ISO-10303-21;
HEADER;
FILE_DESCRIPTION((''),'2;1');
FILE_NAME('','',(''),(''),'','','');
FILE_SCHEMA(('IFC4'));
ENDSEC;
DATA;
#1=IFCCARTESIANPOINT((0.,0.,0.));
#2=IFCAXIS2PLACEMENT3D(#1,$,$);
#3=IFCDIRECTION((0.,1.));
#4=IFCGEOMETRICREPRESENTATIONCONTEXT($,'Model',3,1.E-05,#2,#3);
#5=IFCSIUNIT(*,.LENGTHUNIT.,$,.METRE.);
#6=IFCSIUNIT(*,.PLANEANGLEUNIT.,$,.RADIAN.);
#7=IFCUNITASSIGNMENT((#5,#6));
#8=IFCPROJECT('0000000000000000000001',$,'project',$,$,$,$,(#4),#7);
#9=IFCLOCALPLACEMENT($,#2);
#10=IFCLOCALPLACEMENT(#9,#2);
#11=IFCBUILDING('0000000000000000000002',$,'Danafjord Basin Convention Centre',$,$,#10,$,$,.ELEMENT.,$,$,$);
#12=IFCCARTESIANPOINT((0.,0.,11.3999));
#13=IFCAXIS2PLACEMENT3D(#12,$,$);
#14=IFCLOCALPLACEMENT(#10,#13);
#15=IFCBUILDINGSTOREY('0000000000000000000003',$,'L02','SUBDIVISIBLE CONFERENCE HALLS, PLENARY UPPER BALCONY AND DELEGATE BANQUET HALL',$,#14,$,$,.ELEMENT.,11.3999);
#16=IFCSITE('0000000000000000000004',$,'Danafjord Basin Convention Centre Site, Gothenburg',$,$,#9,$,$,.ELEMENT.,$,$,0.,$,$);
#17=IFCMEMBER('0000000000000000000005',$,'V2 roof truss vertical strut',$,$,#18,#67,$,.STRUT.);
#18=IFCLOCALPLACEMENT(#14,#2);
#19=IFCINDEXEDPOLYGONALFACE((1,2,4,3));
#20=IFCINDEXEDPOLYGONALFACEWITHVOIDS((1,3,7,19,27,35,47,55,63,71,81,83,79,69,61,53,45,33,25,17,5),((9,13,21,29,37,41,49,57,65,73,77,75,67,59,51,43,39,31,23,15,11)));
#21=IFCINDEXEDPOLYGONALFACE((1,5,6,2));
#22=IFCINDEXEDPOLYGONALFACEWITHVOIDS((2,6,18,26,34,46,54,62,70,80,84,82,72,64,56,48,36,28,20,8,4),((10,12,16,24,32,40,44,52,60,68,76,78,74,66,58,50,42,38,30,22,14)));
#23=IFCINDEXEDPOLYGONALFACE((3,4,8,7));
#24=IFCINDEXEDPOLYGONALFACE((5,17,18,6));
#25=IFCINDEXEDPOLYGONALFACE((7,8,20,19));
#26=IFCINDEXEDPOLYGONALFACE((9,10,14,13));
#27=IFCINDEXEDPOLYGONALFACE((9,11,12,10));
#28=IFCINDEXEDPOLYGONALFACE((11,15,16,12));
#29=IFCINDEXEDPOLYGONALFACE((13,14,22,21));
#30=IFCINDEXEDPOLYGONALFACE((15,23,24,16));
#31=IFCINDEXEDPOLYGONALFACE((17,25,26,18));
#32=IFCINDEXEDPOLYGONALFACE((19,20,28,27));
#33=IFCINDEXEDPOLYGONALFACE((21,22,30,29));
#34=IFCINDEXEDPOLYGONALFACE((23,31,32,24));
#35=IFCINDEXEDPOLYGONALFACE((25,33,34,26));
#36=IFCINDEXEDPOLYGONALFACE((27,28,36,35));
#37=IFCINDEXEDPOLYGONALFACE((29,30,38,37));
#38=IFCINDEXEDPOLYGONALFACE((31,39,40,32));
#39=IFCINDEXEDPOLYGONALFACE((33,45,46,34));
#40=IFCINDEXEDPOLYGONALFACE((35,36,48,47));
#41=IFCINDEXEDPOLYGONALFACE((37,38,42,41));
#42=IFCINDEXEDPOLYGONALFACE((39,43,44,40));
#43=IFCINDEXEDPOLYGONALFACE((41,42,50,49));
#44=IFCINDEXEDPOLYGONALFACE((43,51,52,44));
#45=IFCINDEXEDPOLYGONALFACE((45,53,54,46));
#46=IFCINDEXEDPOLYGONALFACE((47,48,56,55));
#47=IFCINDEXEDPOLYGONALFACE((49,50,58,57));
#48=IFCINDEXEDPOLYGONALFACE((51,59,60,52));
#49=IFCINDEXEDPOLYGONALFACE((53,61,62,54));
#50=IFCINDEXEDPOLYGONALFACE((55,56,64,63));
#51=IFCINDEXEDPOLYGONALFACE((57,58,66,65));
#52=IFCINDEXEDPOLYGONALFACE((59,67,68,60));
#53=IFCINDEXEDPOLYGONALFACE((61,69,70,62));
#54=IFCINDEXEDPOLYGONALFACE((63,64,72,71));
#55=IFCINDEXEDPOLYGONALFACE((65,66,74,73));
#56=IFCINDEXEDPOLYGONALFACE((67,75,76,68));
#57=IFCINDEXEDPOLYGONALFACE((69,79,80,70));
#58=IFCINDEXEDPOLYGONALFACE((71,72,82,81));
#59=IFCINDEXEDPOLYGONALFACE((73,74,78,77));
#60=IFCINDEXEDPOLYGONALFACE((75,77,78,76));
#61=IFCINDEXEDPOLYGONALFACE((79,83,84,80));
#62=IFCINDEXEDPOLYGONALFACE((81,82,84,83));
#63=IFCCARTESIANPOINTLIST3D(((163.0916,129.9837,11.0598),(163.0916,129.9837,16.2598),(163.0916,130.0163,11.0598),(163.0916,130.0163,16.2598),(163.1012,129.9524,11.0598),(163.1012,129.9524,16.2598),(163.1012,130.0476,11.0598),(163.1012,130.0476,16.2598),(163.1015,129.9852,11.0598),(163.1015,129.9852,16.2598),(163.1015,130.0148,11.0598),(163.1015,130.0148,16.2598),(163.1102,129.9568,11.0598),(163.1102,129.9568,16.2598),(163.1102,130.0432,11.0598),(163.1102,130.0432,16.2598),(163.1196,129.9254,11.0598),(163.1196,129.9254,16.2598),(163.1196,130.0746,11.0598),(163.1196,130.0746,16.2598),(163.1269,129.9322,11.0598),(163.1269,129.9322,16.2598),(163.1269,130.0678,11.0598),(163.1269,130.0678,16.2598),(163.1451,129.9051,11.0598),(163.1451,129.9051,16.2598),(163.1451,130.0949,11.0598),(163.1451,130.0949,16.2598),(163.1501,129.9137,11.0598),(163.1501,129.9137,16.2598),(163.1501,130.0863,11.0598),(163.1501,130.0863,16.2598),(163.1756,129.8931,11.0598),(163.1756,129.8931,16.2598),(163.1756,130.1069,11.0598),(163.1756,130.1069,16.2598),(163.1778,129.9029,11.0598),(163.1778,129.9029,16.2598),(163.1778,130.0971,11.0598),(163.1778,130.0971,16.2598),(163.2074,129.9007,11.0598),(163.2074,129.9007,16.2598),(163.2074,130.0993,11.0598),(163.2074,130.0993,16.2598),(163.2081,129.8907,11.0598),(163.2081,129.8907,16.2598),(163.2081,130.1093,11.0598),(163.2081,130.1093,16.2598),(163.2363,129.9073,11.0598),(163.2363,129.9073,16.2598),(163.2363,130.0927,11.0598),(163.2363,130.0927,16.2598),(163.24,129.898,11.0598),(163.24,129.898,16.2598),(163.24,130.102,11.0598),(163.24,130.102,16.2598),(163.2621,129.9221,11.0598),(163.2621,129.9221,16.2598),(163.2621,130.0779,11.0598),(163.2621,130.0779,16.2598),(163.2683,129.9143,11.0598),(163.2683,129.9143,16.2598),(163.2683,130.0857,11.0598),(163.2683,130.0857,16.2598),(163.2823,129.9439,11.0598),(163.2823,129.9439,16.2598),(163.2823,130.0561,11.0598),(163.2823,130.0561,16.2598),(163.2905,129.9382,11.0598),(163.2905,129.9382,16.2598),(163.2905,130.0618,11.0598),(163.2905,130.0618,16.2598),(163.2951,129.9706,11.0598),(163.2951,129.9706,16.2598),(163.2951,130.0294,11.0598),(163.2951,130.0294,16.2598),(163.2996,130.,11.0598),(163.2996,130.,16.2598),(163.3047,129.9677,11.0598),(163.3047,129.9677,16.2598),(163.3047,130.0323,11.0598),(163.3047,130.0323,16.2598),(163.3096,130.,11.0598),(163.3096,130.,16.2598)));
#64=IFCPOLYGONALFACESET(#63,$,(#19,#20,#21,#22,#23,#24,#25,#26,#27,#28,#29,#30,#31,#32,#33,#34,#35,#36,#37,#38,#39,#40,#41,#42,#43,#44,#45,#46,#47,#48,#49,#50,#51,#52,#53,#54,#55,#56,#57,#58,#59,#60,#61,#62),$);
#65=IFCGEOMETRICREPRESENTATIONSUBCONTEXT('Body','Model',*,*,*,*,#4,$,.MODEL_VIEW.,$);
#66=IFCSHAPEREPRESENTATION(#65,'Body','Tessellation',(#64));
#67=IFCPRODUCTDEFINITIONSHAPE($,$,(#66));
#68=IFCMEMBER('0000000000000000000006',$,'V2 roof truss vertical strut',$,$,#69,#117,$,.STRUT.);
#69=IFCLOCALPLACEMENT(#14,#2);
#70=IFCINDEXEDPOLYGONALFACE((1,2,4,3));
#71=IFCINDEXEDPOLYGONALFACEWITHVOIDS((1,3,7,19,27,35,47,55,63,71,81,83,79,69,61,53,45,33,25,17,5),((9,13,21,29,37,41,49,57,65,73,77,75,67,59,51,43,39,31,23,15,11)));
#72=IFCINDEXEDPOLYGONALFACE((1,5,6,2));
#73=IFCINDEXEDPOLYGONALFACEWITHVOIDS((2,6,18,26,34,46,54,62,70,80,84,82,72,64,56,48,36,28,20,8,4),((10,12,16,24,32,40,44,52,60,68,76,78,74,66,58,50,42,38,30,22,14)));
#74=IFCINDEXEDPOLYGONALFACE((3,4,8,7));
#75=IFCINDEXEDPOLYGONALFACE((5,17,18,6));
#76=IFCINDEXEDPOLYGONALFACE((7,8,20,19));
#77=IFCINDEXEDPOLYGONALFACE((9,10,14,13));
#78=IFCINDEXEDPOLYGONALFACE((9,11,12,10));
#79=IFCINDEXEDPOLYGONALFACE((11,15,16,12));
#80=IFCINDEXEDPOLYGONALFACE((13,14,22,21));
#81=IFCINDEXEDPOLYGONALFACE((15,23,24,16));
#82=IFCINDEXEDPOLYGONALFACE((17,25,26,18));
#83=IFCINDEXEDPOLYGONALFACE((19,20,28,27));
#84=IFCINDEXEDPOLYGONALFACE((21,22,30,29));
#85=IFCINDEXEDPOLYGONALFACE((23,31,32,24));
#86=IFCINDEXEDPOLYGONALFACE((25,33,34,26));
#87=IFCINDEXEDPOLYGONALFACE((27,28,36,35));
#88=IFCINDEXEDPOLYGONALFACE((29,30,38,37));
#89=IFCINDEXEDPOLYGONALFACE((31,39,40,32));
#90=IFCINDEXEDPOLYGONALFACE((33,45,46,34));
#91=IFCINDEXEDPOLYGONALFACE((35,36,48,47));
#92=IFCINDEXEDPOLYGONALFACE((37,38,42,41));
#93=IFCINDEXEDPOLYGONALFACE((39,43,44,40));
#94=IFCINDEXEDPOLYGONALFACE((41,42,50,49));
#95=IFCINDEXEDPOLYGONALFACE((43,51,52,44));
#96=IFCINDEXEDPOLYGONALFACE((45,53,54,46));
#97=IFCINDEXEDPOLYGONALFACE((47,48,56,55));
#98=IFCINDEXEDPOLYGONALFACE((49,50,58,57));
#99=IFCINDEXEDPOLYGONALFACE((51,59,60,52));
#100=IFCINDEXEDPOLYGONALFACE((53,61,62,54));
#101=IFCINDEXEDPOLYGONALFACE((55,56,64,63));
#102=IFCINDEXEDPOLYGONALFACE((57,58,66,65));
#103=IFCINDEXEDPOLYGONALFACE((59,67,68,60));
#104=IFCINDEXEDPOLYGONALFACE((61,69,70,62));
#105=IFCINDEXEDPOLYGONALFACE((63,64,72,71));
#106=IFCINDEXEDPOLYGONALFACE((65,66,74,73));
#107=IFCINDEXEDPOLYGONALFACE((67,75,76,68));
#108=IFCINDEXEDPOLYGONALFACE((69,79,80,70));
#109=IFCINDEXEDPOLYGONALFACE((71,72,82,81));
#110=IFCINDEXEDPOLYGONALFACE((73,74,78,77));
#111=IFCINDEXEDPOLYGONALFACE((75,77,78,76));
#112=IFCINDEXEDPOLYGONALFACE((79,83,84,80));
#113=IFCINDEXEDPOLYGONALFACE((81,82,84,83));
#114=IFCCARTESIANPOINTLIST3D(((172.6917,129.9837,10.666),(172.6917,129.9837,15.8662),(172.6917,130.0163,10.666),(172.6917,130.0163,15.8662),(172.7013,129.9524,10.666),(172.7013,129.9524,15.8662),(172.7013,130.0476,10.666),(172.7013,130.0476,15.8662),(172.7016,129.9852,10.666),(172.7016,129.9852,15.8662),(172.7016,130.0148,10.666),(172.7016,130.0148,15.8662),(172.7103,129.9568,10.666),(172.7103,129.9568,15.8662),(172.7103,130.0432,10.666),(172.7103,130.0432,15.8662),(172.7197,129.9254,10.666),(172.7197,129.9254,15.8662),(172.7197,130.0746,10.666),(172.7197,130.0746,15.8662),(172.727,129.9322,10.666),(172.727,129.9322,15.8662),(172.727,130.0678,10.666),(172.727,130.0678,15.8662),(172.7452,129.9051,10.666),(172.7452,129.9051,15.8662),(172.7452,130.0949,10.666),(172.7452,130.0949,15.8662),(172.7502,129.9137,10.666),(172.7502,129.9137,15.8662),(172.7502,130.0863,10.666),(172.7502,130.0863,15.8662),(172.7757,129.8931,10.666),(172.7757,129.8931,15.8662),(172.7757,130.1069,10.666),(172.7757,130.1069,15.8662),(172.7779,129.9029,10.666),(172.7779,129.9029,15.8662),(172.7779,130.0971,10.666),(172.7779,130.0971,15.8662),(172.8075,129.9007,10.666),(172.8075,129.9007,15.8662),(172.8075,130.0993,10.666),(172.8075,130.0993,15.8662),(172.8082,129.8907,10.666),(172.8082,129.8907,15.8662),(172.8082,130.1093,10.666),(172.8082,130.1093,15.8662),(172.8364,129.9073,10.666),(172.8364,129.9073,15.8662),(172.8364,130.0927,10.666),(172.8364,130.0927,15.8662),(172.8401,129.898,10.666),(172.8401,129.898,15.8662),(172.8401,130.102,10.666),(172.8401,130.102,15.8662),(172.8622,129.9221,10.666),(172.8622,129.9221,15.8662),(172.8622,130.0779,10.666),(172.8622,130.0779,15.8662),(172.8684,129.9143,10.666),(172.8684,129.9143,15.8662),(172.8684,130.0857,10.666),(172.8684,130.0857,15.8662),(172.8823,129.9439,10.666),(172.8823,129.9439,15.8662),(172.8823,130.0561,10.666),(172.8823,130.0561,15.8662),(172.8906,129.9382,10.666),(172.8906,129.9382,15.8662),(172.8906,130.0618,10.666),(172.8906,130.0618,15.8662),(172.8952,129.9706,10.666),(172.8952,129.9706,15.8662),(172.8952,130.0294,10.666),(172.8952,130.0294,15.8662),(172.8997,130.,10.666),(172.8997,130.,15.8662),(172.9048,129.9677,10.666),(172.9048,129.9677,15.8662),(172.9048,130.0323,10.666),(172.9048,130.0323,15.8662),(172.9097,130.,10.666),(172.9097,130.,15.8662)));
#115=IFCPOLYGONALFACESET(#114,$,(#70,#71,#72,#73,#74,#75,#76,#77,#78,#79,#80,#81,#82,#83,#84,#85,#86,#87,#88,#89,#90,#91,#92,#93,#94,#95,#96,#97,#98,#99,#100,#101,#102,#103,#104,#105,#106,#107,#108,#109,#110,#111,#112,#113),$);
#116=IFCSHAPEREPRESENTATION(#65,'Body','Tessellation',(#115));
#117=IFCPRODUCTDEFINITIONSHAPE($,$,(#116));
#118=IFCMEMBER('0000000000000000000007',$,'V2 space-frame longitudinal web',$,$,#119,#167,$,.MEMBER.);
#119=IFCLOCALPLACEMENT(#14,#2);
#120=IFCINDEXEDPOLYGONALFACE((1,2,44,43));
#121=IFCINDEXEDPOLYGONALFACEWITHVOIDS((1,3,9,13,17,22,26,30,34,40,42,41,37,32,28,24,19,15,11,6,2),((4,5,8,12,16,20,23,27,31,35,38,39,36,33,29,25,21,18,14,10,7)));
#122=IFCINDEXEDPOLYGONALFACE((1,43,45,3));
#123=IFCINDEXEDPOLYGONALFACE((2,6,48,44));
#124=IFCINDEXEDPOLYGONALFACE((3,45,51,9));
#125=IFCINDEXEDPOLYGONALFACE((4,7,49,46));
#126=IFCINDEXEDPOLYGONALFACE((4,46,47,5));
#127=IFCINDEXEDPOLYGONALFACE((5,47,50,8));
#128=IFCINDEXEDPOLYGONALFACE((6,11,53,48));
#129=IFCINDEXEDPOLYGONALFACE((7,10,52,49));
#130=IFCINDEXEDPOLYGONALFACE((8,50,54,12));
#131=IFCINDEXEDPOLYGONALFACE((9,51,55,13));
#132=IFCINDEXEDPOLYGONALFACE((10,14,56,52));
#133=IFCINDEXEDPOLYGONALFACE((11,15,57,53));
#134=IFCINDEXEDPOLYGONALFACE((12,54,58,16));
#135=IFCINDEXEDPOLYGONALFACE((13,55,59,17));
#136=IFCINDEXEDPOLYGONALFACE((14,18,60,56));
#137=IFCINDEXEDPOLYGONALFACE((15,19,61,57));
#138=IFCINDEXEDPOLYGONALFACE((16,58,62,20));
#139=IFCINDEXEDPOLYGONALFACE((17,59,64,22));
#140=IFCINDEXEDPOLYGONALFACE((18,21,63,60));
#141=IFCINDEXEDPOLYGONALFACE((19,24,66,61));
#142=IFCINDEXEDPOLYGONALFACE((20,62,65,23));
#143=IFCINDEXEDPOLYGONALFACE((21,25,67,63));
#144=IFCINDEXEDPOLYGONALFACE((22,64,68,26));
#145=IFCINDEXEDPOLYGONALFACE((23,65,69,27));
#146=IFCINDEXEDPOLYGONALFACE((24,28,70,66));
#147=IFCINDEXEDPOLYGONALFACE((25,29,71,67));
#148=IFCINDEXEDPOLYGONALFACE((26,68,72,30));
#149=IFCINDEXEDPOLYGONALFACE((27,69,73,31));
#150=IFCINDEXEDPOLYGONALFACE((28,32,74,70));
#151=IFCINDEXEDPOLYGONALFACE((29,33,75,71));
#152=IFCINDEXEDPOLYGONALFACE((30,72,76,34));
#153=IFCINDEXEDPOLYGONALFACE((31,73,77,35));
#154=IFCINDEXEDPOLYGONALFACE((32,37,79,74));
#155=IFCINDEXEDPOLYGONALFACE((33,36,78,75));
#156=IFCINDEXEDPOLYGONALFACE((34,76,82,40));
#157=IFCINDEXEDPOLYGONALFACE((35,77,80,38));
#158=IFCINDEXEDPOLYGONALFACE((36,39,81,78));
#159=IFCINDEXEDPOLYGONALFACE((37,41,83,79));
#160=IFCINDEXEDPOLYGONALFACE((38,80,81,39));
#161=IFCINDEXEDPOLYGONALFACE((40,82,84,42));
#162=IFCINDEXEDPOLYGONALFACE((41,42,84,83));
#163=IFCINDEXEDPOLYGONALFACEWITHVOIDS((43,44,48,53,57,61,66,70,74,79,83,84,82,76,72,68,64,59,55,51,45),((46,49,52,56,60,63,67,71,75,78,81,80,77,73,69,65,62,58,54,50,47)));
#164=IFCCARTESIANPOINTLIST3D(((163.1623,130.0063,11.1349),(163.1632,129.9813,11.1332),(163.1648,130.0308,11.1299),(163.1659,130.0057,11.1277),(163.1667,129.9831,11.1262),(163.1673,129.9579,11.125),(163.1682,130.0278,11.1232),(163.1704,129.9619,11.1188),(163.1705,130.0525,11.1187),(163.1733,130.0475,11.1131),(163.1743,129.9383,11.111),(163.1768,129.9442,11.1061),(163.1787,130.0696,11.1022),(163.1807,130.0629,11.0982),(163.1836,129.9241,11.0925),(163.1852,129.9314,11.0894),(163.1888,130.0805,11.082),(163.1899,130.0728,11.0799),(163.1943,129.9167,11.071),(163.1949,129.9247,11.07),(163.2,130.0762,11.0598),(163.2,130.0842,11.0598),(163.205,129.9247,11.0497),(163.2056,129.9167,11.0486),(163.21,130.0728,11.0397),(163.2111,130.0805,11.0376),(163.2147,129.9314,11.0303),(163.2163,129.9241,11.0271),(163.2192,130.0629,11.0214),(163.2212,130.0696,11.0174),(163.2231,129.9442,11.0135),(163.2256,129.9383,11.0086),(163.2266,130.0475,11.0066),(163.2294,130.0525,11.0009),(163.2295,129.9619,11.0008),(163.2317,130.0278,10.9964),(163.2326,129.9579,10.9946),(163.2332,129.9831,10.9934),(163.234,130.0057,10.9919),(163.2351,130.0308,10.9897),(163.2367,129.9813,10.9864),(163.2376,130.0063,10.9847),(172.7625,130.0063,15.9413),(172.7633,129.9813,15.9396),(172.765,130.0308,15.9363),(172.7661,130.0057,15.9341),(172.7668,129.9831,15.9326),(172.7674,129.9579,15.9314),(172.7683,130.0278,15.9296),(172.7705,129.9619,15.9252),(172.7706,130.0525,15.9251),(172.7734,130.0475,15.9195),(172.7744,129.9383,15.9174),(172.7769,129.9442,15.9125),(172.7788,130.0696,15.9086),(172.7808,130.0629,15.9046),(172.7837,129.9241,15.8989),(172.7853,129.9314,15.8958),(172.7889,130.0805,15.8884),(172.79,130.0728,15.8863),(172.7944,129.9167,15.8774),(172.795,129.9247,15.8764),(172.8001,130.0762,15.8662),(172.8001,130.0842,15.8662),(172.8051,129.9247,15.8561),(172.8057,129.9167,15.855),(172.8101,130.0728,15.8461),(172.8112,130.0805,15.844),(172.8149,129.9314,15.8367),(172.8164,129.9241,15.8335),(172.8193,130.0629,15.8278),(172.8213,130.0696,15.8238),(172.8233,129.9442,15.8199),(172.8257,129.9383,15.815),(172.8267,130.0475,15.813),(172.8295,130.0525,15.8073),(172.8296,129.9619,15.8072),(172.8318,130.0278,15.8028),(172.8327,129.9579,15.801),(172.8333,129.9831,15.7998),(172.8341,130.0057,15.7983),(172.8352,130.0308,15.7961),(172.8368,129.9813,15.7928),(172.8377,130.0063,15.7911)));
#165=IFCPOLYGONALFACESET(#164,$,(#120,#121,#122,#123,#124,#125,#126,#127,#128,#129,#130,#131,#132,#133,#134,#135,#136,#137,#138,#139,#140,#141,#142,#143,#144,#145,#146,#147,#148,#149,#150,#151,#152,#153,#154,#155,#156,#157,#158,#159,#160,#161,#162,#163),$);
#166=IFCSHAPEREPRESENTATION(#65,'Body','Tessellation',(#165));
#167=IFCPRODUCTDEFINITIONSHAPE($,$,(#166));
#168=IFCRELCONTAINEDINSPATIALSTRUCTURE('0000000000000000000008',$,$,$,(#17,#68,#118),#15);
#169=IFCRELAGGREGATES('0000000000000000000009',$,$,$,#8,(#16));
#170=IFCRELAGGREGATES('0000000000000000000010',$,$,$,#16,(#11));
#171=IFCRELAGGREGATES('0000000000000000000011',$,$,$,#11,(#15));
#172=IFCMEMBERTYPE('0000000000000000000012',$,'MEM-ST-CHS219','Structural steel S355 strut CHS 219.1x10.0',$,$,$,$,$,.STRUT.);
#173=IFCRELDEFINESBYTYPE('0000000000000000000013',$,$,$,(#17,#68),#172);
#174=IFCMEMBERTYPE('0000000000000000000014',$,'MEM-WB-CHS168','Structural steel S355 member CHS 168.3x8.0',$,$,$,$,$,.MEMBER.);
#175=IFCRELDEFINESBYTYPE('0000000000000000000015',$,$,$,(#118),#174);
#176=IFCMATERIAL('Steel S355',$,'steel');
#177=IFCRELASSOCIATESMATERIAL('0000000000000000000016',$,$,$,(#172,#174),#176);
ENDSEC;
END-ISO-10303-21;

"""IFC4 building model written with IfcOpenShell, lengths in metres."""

from ifc_helpers import new_model, si_unit, direction, frame, origin, origin_2d, place, context, subcontext, project, spatial, hollow_circle, extrude, material, material_profile, profile_set, type_object, element, save


model = new_model("IFC4")

# Units and contexts
model_context = context("Model", 3, precision=1e-05, world=origin(), true_north=direction((0.0, 1.0)))
body_context = subcontext(model_context, "Body", "Model", "MODEL_VIEW")
ifc_project = project(units=[si_unit("LENGTHUNIT", "METRE"), si_unit("PLANEANGLEUNIT", "RADIAN")], contexts=[model_context])

# Site, building, storey
site_placement = place(None, origin())
site = spatial("IfcSite", under=ifc_project, at=site_placement, Name="Danafjord Basin Convention Centre Site, Gothenburg", CompositionType="ELEMENT", RefElevation=0.0)
building_placement = place(site_placement, origin())
building = spatial("IfcBuilding", under=site, at=building_placement, Name="Danafjord Basin Convention Centre", CompositionType="ELEMENT")
storey_placement = place(building_placement, frame((0.0, 0.0, 11.3999)))
storey = spatial("IfcBuildingStorey", under=building, at=storey_placement, Name="L02", Description="SUBDIVISIBLE CONFERENCE HALLS, PLENARY UPPER BALCONY AND DELEGATE BANQUET HALL", CompositionType="ELEMENT", Elevation=11.3999)

# Shared definitions
ifc_material_1 = material(Name="Steel S355", Category="steel")

# Members
ifc_material_profile_1 = material_profile(ifc_material_1, hollow_circle(Radius=0.1096, WallThickness=0.01, at=origin_2d()), Name="CHS 219.1x10.0")
ifc_profile_set_1 = profile_set([ifc_material_profile_1], Name="Steel S355")
member_type_1 = type_object("IfcMemberType", Name="MEM-ST-CHS219", Description="Structural steel S355 strut CHS 219.1x10.0", PredefinedType="STRUT", material=ifc_profile_set_1)
member_1_placement = place(storey_placement, frame((163.2, 130.0, 11.0598), z_axis=(0.0, 0.0, 1.0), x_axis=(1.0, 0.0, 0.0)))
element("IfcMember", 1, at=member_1_placement, inside=storey, type_object=member_type_1, Name="V2 roof truss vertical strut", PredefinedType="STRUT", context=body_context, shape_type="SweptSolid", body=[
    extrude(hollow_circle(Radius=0.1096, WallThickness=0.01, at=origin_2d()), origin(), (0.0, 0.0, 1.0), 5.2),
])
member_2_placement = place(storey_placement, frame((172.8, 130.0, 10.666), z_axis=(0.0, 0.0, 1.0), x_axis=(1.0, 0.0, 0.0)))
element("IfcMember", 2, at=member_2_placement, inside=storey, type_object=member_type_1, Name="V2 roof truss vertical strut", PredefinedType="STRUT", context=body_context, shape_type="SweptSolid", body=[
    extrude(hollow_circle(Radius=0.1096, WallThickness=0.01, at=origin_2d()), origin(), (0.0, 0.0, 1.0), 5.2002),
])
ifc_material_profile_2 = material_profile(ifc_material_1, hollow_circle(Radius=0.0842, WallThickness=0.0081, at=origin_2d()), Name="CHS 168.3x8.0")
ifc_profile_set_2 = profile_set([ifc_material_profile_2], Name="Steel S355")
member_type_2 = type_object("IfcMemberType", Name="MEM-WB-CHS168", Description="Structural steel S355 member CHS 168.3x8.0", PredefinedType="MEMBER", material=ifc_profile_set_2)
member_3_placement = place(storey_placement, frame((163.2, 130.0, 11.0598), z_axis=(0.894191, 0.0, 0.447687), x_axis=(0.0, 1.0, 0.0)))
element("IfcMember", 3, at=member_3_placement, inside=storey, type_object=member_type_2, Name="V2 space-frame longitudinal web", PredefinedType="MEMBER", context=body_context, shape_type="SweptSolid", body=[
    extrude(hollow_circle(Radius=0.0842, WallThickness=0.0081, at=origin_2d()), origin(), (0.0, 0.0, 1.0), 10.7361),
])

save(model, "model.ifc")
